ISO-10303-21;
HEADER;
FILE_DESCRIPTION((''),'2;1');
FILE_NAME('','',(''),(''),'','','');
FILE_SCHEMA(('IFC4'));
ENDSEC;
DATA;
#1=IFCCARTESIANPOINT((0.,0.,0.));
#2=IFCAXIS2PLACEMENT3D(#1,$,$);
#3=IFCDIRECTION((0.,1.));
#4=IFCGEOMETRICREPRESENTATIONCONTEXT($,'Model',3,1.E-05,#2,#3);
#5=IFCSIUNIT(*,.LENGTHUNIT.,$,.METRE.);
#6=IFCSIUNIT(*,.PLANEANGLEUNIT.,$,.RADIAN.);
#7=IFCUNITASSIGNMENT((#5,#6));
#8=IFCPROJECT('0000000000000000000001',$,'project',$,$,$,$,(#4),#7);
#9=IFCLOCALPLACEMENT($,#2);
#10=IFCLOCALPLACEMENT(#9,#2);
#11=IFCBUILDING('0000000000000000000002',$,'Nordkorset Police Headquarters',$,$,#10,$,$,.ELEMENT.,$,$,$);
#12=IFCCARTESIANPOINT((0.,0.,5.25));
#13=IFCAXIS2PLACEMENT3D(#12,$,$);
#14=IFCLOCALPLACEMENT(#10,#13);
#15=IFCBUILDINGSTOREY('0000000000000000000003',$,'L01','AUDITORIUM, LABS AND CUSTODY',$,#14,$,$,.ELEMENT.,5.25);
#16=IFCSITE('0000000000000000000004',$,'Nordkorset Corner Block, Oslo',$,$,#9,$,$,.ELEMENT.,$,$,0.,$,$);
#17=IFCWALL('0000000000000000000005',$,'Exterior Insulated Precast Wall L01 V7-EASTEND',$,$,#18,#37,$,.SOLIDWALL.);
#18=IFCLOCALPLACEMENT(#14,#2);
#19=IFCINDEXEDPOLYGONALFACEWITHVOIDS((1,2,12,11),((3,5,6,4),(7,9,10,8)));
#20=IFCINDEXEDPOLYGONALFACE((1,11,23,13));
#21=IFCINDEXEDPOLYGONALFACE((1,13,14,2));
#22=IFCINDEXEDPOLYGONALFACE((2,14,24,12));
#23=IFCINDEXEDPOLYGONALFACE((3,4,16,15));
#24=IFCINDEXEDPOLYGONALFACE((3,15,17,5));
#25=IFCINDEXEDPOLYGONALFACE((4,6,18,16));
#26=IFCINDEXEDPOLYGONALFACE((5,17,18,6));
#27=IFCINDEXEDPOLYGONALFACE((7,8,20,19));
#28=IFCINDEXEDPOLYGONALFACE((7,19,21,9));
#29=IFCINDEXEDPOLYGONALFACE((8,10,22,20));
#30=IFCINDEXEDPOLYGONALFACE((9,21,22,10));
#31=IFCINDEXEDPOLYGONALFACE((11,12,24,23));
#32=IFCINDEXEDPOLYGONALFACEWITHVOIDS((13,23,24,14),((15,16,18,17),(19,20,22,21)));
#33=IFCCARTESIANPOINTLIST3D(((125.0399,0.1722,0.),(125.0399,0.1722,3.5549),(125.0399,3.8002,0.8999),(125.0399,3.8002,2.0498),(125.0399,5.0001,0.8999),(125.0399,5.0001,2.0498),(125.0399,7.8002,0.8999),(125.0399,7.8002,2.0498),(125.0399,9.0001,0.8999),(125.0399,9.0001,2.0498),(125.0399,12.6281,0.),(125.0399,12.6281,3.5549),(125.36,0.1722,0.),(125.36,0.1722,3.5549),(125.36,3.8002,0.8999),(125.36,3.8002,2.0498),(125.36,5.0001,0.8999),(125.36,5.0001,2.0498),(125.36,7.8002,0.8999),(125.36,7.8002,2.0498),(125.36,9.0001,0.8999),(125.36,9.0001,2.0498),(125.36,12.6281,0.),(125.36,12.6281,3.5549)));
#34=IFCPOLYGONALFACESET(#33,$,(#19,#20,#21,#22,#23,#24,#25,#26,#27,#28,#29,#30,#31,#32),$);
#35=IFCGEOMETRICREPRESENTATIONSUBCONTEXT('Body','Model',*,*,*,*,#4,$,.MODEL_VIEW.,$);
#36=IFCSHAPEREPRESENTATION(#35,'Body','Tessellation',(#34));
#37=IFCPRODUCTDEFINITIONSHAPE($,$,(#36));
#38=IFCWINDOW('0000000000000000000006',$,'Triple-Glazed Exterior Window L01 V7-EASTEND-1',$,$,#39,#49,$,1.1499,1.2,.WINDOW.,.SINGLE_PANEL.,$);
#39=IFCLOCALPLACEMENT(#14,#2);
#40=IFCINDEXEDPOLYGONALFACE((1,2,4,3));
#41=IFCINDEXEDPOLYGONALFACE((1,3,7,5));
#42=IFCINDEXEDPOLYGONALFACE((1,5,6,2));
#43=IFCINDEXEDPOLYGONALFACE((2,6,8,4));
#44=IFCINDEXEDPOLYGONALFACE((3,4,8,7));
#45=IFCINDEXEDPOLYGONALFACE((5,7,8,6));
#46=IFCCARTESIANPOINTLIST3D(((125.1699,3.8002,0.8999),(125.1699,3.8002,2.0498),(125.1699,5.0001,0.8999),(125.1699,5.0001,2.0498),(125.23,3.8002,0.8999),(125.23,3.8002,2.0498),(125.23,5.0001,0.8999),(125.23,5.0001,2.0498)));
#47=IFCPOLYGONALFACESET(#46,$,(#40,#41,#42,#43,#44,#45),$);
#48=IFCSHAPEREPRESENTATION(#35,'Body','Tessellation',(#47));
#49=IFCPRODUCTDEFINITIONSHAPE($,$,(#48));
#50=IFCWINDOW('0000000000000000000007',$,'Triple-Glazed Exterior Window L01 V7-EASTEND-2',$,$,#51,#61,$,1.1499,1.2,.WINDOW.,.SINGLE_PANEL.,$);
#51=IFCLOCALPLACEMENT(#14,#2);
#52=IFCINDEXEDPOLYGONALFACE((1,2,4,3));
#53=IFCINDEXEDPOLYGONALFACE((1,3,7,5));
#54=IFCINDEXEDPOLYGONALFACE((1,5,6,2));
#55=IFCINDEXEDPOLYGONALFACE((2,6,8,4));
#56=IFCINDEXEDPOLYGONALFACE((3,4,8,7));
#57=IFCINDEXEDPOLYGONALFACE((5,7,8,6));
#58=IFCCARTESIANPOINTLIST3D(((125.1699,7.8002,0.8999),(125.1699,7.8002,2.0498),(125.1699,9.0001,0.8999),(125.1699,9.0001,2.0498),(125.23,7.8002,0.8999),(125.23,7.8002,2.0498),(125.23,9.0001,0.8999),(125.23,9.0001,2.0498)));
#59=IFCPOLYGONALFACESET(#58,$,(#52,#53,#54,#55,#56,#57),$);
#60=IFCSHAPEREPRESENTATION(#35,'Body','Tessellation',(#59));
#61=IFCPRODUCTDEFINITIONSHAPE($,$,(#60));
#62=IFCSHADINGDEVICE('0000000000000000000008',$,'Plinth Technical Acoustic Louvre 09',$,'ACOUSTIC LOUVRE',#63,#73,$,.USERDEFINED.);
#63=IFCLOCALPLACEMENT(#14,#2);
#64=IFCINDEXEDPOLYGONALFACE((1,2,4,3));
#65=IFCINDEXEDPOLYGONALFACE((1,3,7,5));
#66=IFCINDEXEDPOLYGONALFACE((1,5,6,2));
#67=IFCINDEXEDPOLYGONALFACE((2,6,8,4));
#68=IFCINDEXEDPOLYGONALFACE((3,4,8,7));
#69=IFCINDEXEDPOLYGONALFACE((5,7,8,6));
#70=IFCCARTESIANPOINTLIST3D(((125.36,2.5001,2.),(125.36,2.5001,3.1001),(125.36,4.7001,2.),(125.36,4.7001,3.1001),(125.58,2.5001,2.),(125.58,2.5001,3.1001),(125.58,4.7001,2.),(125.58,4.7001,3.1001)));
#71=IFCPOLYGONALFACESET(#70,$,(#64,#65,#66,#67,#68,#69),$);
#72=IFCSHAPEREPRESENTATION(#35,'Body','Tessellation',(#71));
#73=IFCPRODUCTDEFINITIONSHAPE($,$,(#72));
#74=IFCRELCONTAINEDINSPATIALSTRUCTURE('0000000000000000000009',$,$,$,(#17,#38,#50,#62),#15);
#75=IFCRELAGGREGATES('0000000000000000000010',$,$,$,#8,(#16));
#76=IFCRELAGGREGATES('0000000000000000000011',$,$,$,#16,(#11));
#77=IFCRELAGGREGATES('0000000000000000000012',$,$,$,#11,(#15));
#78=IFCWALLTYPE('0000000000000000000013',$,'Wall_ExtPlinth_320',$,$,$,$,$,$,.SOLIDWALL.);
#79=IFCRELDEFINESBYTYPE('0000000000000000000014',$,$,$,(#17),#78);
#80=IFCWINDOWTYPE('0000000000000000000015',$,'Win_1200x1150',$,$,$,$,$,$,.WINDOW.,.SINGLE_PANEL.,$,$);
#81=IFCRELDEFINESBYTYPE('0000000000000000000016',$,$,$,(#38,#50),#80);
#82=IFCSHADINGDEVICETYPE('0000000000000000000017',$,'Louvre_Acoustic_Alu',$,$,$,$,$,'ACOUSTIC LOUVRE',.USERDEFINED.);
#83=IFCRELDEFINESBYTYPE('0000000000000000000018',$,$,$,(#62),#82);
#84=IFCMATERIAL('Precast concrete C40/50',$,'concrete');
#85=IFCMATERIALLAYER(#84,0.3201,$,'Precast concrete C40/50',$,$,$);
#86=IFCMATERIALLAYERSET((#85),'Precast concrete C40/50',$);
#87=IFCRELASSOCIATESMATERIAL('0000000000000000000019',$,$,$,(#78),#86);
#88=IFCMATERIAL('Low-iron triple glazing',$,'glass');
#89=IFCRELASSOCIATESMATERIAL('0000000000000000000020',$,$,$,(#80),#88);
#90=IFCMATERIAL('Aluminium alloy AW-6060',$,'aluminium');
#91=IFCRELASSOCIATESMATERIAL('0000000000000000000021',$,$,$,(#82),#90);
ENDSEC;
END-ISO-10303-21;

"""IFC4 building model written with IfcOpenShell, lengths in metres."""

from ifc_helpers import new_model, si_unit, direction, frame, frame_2d, origin, origin_2d, place, context, subcontext, project, spatial, rectangle, extrude, material, layer, layer_set, type_object, element, fill, save


model = new_model("IFC4")

# Units and contexts
model_context = context("Model", 3, precision=1e-05, world=origin(), true_north=direction((0.0, 1.0)))
body_context = subcontext(model_context, "Body", "Model", "MODEL_VIEW")
ifc_project = project(units=[si_unit("LENGTHUNIT", "METRE"), si_unit("PLANEANGLEUNIT", "RADIAN")], contexts=[model_context])

# Site, building, storey
site_placement = place(None, origin())
site = spatial("IfcSite", under=ifc_project, at=site_placement, Name="Nordkorset Corner Block, Oslo", CompositionType="ELEMENT", RefElevation=0.0)
building_placement = place(site_placement, origin())
building = spatial("IfcBuilding", under=site, at=building_placement, Name="Nordkorset Police Headquarters", CompositionType="ELEMENT")
storey_placement = place(building_placement, frame((0.0, 0.0, 5.25)))
storey = spatial("IfcBuildingStorey", under=building, at=storey_placement, Name="L01", Description="AUDITORIUM, LABS AND CUSTODY", CompositionType="ELEMENT", Elevation=5.25)

# Wall, openings, windows
ifc_material_1 = material(Name="Precast concrete C40/50", Category="concrete")
ifc_layer_1 = layer(ifc_material_1, 0.3201, Name="Precast concrete C40/50")
ifc_layer_set_1 = layer_set([ifc_layer_1], Name="Precast concrete C40/50")
wall_type_1 = type_object("IfcWallType", Name="Wall_ExtPlinth_320", PredefinedType="SOLIDWALL", material=ifc_layer_set_1)
wall_1_placement = place(storey_placement, frame((125.2, 0.1721, 0.0), z_axis=(0.0, 0.0, 1.0), x_axis=(0.0, 1.0, 0.0)))
wall_1 = element("IfcWall", 1, at=wall_1_placement, inside=storey, type_object=wall_type_1, Name="Exterior Insulated Precast Wall L01 V7-EASTEND", PredefinedType="SOLIDWALL", context=body_context, shape_type="SweptSolid", body=[
    extrude(rectangle(XDim=12.4558, YDim=0.3201, at=frame_2d((6.228, 0.0))), origin(), (0.0, 0.0, 1.0), 3.5549),
])
opening_1_placement = place(wall_1_placement, frame((3.6279, 0.0, 0.8999)))
opening_1 = element("IfcOpeningElement", 2, at=opening_1_placement, cuts=wall_1, PredefinedType="OPENING", context=body_context, shape_type="SweptSolid", body=[
    extrude(rectangle(XDim=1.2, YDim=1.1499, at=frame_2d((0.6001, 0.575))), frame((0.0, 0.1699, 0.0), z_axis=(0.0, -1.0, 0.0), x_axis=(1.0, 0.0, 0.0)), (0.0, 0.0, 1.0), 0.3401),
])
opening_2_placement = place(wall_1_placement, frame((7.6279, 0.0, 0.8999)))
opening_2 = element("IfcOpeningElement", 3, at=opening_2_placement, cuts=wall_1, PredefinedType="OPENING", context=body_context, shape_type="SweptSolid", body=[
    extrude(rectangle(XDim=1.2, YDim=1.1499, at=frame_2d((0.6001, 0.575))), frame((0.0, 0.1699, 0.0), z_axis=(0.0, -1.0, 0.0), x_axis=(1.0, 0.0, 0.0)), (0.0, 0.0, 1.0), 0.3401),
])
ifc_material_2 = material(Name="Low-iron triple glazing", Category="glass")
window_type_1 = type_object("IfcWindowType", Name="Win_1200x1150", PartitioningType="SINGLE_PANEL", PredefinedType="WINDOW", material=ifc_material_2)
window_1_placement = place(opening_1_placement, origin())
window_1 = element("IfcWindow", 4, at=window_1_placement, inside=storey, type_object=window_type_1, Name="Triple-Glazed Exterior Window L01 V7-EASTEND-1", OverallHeight=1.1499, OverallWidth=1.2, PartitioningType="SINGLE_PANEL", PredefinedType="WINDOW", context=body_context, shape_type="SweptSolid", body=[
    extrude(rectangle(XDim=1.2, YDim=1.1499, at=frame_2d((0.6001, 0.575))), frame((0.0, 0.03, 0.0), z_axis=(0.0, -1.0, 0.0), x_axis=(1.0, 0.0, 0.0)), (0.0, 0.0, 1.0), 0.0601),
])
fill(opening_1, window_1)
window_2_placement = place(opening_2_placement, origin())
window_2 = element("IfcWindow", 5, at=window_2_placement, inside=storey, type_object=window_type_1, Name="Triple-Glazed Exterior Window L01 V7-EASTEND-2", OverallHeight=1.1499, OverallWidth=1.2, PartitioningType="SINGLE_PANEL", PredefinedType="WINDOW", context=body_context, shape_type="SweptSolid", body=[
    extrude(rectangle(XDim=1.2, YDim=1.1499, at=frame_2d((0.6001, 0.575))), frame((0.0, 0.03, 0.0), z_axis=(0.0, -1.0, 0.0), x_axis=(1.0, 0.0, 0.0)), (0.0, 0.0, 1.0), 0.0601),
])
fill(opening_2, window_2)

# Shading device
ifc_material_3 = material(Name="Aluminium alloy AW-6060", Category="aluminium")
shading_device_type = type_object("IfcShadingDeviceType", Name="Louvre_Acoustic_Alu", ElementType="ACOUSTIC LOUVRE", PredefinedType="USERDEFINED", material=ifc_material_3)
shading_device_placement = place(storey_placement, frame((125.47, 3.6001, 2.0), z_axis=(0.0, 0.0, 1.0), x_axis=(1.0, 0.0, 0.0)))
element("IfcShadingDevice", 6, at=shading_device_placement, inside=storey, type_object=shading_device_type, Name="Plinth Technical Acoustic Louvre 09", ObjectType="ACOUSTIC LOUVRE", PredefinedType="USERDEFINED", context=body_context, shape_type="SweptSolid", body=[
    extrude(rectangle(XDim=0.22, YDim=2.2, at=origin_2d()), origin(), (0.0, 0.0, 1.0), 1.1001),
])

save(model, "model.ifc")
